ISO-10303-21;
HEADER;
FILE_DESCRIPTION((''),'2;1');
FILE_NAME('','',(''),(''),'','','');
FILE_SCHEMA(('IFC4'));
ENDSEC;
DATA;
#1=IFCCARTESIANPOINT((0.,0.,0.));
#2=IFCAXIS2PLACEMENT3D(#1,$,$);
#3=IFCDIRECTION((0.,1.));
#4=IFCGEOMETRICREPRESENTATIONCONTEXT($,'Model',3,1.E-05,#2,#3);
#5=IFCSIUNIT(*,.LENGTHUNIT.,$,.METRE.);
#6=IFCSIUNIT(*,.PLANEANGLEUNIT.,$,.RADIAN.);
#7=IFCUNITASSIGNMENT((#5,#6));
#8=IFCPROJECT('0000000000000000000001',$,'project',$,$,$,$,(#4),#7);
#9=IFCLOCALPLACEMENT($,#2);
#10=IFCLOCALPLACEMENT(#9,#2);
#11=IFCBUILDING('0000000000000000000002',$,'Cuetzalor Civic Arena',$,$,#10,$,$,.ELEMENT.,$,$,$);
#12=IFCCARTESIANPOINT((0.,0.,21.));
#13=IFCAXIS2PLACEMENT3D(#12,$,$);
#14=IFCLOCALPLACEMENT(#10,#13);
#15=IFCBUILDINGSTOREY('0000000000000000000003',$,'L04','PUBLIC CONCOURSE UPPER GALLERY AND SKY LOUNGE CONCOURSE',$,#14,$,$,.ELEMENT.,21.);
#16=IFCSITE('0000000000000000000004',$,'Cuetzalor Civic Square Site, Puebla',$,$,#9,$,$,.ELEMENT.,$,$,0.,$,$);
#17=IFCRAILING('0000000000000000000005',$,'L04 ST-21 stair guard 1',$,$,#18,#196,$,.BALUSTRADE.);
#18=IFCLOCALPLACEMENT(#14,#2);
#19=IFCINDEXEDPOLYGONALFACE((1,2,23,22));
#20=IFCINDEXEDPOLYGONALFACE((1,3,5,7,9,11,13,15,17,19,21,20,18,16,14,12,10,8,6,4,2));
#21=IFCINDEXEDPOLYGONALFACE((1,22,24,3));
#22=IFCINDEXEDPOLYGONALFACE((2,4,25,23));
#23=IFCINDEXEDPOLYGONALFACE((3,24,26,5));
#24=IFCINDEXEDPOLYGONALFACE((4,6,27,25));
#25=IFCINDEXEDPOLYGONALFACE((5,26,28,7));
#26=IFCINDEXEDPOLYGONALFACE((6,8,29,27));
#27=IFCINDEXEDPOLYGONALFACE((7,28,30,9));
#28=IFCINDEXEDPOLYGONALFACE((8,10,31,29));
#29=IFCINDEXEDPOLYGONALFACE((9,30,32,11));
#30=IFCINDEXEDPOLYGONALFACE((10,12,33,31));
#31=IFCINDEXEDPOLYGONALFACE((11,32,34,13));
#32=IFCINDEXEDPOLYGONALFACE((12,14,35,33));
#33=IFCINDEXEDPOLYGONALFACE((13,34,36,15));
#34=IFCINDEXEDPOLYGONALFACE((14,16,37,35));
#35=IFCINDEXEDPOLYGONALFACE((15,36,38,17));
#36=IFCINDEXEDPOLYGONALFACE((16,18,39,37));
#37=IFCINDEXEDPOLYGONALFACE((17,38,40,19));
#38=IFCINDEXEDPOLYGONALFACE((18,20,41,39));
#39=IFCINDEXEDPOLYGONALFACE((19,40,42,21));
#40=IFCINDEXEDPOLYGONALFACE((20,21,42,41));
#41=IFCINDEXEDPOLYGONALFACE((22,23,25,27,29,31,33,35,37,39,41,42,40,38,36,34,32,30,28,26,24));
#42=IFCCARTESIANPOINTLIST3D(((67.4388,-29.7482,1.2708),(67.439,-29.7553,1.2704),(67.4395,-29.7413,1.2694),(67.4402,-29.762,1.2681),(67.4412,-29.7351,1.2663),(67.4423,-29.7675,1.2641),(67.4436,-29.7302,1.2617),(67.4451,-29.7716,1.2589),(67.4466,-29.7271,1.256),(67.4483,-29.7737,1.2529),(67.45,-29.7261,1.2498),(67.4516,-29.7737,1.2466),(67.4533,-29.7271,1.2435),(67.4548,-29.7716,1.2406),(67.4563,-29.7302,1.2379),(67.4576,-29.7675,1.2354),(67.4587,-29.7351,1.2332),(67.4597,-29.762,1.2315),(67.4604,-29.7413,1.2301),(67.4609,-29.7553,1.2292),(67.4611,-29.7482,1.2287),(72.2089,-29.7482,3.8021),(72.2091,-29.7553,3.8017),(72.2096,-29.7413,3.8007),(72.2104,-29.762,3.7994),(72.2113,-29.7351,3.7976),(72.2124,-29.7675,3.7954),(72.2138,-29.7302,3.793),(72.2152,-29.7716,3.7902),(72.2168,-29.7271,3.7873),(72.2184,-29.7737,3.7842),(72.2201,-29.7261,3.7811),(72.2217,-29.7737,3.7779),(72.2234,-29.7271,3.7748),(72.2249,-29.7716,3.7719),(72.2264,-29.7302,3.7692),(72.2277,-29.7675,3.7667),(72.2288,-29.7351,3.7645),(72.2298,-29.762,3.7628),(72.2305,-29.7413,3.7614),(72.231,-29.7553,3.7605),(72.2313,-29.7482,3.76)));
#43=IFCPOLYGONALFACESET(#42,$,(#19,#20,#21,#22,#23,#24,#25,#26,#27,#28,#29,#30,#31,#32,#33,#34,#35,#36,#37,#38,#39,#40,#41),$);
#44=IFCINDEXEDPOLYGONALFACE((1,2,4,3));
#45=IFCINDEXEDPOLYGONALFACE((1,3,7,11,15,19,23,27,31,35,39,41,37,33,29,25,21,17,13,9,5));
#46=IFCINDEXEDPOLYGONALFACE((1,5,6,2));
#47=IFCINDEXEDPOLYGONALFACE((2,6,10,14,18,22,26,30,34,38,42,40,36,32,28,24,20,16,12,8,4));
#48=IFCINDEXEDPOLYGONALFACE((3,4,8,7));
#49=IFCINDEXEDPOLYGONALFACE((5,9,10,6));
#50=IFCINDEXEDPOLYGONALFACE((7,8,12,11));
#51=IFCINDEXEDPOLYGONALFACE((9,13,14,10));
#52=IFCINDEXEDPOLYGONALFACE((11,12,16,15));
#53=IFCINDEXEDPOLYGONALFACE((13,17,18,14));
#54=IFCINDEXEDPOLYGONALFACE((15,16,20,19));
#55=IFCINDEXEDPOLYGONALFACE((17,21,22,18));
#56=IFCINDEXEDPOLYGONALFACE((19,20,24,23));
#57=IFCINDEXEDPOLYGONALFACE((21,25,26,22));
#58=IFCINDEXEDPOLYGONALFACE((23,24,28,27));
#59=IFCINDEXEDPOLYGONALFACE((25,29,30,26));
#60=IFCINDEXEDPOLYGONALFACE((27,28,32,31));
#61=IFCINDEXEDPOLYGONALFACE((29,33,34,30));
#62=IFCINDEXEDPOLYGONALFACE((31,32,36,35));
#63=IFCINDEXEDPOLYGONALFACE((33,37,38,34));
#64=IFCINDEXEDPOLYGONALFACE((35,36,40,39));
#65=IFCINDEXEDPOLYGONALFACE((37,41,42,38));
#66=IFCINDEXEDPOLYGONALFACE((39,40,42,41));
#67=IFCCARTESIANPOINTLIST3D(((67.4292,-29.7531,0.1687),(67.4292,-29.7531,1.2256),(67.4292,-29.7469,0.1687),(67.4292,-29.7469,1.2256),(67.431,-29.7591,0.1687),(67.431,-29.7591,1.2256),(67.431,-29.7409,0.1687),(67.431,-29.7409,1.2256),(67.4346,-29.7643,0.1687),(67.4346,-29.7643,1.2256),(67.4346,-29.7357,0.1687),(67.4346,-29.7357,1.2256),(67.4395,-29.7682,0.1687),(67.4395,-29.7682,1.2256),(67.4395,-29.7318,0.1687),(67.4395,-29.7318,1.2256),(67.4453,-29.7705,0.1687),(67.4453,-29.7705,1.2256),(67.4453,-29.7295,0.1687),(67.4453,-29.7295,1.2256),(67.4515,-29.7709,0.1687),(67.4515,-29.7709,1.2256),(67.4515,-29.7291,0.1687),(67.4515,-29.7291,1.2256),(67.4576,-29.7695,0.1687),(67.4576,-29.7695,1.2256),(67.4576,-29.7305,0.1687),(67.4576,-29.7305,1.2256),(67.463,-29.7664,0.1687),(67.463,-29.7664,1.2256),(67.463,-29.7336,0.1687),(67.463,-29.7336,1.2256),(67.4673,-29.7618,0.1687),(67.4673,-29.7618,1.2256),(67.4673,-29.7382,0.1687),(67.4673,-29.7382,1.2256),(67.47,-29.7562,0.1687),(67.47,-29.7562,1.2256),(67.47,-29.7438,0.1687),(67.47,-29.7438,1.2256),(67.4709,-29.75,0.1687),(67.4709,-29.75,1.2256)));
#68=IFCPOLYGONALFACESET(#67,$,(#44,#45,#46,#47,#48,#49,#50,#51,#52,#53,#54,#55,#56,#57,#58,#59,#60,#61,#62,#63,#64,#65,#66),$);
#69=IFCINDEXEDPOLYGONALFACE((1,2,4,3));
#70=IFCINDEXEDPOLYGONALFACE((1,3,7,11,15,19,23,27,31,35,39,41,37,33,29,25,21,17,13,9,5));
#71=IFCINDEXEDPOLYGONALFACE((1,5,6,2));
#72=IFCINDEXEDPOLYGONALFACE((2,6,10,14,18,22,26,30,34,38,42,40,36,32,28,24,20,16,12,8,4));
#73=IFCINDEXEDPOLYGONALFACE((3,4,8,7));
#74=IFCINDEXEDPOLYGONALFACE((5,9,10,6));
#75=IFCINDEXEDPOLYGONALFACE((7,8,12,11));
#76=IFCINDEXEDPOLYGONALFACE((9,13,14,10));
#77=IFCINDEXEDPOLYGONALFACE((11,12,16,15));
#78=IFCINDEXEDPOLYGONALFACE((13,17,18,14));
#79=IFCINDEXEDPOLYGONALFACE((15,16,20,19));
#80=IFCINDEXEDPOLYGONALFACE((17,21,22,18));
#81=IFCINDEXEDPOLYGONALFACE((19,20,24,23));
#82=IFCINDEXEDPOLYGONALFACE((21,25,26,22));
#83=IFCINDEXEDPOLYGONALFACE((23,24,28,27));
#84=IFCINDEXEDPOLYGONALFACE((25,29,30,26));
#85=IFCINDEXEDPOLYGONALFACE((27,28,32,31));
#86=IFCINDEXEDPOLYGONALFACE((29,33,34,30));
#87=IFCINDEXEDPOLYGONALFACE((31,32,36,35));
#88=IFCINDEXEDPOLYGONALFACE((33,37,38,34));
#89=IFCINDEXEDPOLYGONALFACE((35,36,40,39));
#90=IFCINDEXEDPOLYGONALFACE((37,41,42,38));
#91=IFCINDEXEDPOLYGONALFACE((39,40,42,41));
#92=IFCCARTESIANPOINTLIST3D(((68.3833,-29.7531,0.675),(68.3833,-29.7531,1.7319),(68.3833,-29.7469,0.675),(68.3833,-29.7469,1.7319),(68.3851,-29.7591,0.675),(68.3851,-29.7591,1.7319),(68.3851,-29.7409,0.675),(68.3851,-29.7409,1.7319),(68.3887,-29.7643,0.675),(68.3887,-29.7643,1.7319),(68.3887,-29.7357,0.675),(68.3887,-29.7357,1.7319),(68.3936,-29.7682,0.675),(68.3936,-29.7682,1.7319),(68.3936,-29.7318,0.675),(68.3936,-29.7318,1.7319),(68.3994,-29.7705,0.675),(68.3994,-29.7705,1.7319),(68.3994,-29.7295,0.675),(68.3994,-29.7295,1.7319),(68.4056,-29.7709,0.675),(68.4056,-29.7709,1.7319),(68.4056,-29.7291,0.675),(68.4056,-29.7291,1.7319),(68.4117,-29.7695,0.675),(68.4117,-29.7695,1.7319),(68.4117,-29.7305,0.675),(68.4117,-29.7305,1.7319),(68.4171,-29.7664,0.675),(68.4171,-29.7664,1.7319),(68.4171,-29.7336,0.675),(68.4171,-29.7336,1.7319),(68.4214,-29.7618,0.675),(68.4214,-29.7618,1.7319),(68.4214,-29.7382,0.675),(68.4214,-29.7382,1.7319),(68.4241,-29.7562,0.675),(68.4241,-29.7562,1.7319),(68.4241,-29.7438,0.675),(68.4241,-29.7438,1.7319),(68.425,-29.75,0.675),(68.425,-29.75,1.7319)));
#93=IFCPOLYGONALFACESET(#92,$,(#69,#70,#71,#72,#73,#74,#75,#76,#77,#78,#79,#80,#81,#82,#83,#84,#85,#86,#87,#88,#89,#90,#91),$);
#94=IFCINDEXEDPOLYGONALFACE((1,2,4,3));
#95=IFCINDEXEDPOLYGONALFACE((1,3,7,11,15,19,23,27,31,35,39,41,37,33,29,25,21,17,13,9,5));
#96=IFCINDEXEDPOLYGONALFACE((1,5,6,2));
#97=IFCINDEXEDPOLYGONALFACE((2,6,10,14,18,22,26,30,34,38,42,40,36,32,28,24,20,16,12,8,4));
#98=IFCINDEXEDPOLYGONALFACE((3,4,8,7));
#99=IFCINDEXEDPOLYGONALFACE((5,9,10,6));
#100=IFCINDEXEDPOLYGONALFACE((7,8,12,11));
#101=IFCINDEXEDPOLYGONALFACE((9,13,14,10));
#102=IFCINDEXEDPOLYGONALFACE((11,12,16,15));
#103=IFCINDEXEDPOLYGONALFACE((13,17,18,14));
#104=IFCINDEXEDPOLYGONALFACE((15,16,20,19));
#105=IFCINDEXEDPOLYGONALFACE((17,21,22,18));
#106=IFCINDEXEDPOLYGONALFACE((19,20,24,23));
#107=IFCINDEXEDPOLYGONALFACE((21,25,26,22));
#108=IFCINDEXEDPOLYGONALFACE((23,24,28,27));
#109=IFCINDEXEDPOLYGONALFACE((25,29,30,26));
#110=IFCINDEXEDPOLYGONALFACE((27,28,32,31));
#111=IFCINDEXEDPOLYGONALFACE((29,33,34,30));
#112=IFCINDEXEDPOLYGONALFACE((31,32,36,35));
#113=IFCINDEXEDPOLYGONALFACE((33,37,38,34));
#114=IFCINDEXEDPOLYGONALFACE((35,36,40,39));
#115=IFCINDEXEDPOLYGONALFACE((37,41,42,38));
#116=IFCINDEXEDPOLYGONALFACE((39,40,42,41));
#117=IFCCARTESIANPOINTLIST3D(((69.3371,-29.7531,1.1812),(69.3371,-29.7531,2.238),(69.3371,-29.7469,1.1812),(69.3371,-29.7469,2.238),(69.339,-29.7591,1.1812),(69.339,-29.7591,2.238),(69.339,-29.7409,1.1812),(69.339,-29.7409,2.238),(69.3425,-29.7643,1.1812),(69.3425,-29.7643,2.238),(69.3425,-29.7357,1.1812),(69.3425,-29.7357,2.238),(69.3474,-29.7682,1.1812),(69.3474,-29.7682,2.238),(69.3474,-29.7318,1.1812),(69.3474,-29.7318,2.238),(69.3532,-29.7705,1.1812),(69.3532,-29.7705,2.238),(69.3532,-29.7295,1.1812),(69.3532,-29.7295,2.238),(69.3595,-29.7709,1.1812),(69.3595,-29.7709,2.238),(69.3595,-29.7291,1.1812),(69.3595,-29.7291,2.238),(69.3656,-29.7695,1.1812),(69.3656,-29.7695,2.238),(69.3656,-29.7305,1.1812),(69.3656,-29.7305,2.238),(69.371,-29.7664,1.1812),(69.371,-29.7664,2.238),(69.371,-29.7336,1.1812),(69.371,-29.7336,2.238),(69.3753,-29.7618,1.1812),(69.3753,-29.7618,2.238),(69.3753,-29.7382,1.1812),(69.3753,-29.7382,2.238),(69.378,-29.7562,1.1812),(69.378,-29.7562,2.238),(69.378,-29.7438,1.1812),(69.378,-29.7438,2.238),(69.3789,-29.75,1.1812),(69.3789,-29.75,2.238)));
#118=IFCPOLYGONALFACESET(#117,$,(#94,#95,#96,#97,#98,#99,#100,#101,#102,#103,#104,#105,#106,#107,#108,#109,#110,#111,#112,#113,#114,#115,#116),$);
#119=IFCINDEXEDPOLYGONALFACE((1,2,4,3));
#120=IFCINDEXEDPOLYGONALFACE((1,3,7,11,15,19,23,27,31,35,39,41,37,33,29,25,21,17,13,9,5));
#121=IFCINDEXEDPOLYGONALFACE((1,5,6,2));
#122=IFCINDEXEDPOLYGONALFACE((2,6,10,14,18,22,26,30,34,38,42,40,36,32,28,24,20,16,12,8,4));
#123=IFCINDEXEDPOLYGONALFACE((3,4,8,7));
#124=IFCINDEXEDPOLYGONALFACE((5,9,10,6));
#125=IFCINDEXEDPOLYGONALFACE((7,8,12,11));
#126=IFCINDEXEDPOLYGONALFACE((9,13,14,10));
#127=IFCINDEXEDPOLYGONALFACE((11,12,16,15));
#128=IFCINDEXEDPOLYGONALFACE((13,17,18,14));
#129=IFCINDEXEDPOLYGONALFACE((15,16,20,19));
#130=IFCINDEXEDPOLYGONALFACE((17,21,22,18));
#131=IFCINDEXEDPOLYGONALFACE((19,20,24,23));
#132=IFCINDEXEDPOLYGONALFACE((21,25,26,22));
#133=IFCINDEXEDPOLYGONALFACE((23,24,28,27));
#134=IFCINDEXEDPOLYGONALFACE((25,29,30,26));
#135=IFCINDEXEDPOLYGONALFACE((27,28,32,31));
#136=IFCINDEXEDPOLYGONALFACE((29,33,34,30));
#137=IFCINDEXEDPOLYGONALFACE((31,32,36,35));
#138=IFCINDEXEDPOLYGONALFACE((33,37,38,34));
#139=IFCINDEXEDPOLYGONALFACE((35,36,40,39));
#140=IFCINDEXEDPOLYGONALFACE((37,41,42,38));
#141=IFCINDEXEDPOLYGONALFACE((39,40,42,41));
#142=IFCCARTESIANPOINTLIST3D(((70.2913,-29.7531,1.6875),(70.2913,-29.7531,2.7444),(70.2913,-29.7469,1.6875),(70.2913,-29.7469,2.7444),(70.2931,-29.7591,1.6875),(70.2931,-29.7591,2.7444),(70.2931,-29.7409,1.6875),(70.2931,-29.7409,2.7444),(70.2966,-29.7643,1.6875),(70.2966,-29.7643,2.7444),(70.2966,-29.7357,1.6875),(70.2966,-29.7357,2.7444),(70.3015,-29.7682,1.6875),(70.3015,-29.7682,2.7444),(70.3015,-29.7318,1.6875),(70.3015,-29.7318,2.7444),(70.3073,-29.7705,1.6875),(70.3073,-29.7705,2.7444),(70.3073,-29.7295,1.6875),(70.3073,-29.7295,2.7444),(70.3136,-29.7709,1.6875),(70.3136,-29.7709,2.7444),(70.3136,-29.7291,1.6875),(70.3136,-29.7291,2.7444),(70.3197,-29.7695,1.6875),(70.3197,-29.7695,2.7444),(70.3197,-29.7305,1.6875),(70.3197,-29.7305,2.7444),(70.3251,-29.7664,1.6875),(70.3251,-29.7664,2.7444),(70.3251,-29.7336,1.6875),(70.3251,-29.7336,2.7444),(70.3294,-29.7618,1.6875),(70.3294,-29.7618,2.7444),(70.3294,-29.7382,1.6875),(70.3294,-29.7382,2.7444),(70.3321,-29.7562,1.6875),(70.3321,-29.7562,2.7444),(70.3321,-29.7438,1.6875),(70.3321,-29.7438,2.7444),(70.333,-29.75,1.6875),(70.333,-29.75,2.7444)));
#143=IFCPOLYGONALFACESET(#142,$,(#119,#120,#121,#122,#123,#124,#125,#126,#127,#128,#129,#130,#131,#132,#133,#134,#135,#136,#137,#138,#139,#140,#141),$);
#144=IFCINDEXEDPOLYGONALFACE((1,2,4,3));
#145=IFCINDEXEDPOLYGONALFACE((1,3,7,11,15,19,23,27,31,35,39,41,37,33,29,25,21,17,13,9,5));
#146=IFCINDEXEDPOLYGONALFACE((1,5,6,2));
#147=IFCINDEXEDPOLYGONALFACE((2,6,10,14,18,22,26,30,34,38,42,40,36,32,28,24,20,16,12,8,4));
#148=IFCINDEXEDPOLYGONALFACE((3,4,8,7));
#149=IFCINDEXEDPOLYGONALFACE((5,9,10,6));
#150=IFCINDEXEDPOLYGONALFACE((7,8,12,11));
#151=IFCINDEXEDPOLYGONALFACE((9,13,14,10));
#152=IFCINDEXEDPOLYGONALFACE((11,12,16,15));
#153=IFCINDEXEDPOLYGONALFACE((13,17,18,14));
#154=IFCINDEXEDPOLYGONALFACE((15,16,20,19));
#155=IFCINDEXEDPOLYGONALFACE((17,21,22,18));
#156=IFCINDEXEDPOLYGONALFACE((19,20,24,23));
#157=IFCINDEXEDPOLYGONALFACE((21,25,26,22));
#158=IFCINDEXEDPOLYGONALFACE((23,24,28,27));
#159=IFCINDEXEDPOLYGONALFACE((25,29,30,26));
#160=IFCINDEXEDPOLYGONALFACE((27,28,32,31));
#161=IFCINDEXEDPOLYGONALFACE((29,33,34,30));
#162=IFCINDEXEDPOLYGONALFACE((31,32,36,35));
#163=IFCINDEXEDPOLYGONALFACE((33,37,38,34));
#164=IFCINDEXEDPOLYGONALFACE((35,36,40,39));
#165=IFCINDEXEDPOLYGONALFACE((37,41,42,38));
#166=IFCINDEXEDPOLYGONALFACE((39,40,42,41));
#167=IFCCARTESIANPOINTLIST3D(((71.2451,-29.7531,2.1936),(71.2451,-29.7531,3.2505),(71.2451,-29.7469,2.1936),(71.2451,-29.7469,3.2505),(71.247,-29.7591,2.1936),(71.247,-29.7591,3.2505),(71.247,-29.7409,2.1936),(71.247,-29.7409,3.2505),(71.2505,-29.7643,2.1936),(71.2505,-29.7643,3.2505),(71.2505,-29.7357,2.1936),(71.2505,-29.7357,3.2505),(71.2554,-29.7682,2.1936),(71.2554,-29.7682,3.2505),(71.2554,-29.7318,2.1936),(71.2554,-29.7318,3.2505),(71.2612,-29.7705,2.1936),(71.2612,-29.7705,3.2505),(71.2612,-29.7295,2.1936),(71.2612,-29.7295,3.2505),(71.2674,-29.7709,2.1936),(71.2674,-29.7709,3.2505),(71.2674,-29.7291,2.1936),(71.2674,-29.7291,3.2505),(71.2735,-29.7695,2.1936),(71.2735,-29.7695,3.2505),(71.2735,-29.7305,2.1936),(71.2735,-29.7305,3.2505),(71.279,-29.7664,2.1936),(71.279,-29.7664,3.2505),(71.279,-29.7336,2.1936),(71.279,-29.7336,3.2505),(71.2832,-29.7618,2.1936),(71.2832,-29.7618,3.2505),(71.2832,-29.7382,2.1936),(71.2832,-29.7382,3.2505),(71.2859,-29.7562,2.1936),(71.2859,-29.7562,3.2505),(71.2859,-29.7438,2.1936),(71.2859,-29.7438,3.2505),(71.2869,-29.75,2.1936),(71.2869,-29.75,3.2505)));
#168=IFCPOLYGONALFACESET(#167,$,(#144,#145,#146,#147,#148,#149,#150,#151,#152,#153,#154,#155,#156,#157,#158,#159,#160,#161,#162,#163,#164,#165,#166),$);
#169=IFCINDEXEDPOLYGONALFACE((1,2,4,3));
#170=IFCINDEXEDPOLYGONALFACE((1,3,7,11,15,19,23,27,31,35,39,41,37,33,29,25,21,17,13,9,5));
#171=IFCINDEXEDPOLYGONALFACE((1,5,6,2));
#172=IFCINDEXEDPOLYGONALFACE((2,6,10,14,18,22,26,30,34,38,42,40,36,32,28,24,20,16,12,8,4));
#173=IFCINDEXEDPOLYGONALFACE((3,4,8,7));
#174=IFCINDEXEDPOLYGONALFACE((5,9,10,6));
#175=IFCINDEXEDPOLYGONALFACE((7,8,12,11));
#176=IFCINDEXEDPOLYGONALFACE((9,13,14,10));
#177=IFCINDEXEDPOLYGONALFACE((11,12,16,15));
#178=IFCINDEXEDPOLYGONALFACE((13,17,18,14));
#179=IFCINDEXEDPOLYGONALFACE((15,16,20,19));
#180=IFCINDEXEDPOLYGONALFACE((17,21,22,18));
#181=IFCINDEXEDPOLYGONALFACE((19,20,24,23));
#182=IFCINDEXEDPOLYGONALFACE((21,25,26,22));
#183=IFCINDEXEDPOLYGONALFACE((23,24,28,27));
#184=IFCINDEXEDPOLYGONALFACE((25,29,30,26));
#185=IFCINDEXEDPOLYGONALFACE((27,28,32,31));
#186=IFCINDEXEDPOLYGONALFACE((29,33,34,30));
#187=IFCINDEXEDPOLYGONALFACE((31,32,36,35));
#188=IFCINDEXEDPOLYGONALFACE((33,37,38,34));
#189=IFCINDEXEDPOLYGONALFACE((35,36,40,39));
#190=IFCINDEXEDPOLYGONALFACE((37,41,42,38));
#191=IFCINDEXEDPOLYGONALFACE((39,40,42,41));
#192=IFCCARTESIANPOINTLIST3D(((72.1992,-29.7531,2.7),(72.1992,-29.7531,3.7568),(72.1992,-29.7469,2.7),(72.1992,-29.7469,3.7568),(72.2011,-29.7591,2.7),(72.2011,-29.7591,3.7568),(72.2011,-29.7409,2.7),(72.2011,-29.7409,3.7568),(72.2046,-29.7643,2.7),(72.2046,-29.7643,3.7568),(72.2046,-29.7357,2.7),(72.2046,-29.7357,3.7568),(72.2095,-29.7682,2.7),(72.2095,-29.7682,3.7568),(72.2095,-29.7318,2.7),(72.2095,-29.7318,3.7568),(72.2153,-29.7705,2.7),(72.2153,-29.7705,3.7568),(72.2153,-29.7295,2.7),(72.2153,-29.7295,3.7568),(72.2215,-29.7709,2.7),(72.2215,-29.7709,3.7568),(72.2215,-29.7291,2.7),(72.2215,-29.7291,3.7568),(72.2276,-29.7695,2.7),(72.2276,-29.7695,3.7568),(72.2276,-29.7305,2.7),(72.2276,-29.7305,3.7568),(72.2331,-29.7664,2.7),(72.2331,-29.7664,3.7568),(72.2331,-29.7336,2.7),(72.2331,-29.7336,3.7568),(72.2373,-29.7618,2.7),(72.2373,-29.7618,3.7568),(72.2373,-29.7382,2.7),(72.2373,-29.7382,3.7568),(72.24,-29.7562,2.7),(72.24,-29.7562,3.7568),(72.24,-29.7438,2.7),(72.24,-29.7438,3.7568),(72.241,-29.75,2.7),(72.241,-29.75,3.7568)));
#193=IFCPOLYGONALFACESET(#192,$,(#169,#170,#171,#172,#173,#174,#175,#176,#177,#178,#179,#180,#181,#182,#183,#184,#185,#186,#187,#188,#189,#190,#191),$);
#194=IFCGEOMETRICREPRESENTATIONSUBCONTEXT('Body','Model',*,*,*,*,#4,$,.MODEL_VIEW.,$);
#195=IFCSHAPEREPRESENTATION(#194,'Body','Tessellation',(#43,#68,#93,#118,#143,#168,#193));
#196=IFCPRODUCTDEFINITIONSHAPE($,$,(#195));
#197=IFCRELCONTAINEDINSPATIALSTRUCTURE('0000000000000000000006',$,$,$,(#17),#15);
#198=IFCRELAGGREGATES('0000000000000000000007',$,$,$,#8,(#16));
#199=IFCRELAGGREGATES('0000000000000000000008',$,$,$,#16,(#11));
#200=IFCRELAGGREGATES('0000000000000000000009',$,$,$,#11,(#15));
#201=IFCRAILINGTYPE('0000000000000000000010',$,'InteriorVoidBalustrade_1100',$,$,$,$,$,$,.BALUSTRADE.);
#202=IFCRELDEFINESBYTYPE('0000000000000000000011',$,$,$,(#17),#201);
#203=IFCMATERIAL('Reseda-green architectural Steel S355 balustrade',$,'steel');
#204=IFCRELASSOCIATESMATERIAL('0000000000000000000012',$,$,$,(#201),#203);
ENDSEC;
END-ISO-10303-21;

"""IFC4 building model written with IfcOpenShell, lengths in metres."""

from ifc_helpers import new_model, si_unit, direction, frame, origin, origin_2d, place, context, subcontext, project, spatial, circle, extrude, material, type_object, element, save


model = new_model("IFC4")

# Units and contexts
model_context = context("Model", 3, precision=1e-05, world=origin(), true_north=direction((0.0, 1.0)))
body_context = subcontext(model_context, "Body", "Model", "MODEL_VIEW")
ifc_project = project(units=[si_unit("LENGTHUNIT", "METRE"), si_unit("PLANEANGLEUNIT", "RADIAN")], contexts=[model_context])

# Site, building, storey
site_placement = place(None, origin())
site = spatial("IfcSite", under=ifc_project, at=site_placement, Name="Cuetzalor Civic Square Site, Puebla", CompositionType="ELEMENT", RefElevation=0.0)
building_placement = place(site_placement, origin())
building = spatial("IfcBuilding", under=site, at=building_placement, Name="Cuetzalor Civic Arena", CompositionType="ELEMENT")
storey_placement = place(building_placement, frame((0.0, 0.0, 21.0)))
storey = spatial("IfcBuildingStorey", under=building, at=storey_placement, Name="L04", Description="PUBLIC CONCOURSE UPPER GALLERY AND SKY LOUNGE CONCOURSE", CompositionType="ELEMENT", Elevation=21.0)

# Railing
ifc_material_1 = material(Name="Reseda-green architectural Steel S355 balustrade", Category="steel")
railing_type_1 = type_object("IfcRailingType", Name="InteriorVoidBalustrade_1100", PredefinedType="BALUSTRADE", material=ifc_material_1)
railing_1_placement = place(storey_placement, frame((67.45, -29.75, 0.1687)))
element("IfcRailing", 1, at=railing_1_placement, inside=storey, type_object=railing_type_1, Name="L04 ST-21 stair guard 1", PredefinedType="BALUSTRADE", context=body_context, shape_type="SweptSolid", body=[
    extrude(circle(Radius=0.0239, at=origin_2d()), frame((0.0, 0.0, 1.0811), z_axis=(0.883332, 0.0, 0.468747), x_axis=(0.0, 1.0, 0.0)), (0.0, 0.0, 1.0), 5.4001),
    extrude(circle(Radius=0.021, at=origin_2d()), origin(), (0.0, 0.0, 1.0), 1.0569),
    extrude(circle(Radius=0.021, at=origin_2d()), frame((0.9541, 0.0, 0.5063)), (0.0, 0.0, 1.0), 1.0569),
    extrude(circle(Radius=0.021, at=origin_2d()), frame((1.908, 0.0, 1.0125)), (0.0, 0.0, 1.0), 1.0569),
    extrude(circle(Radius=0.021, at=origin_2d()), frame((2.8621, 0.0, 1.5188)), (0.0, 0.0, 1.0), 1.0569),
    extrude(circle(Radius=0.021, at=origin_2d()), frame((3.8159, 0.0, 2.0249)), (0.0, 0.0, 1.0), 1.0569),
    extrude(circle(Radius=0.021, at=origin_2d()), frame((4.77, 0.0, 2.5312)), (0.0, 0.0, 1.0), 1.0569),
])

save(model, "model.ifc")
